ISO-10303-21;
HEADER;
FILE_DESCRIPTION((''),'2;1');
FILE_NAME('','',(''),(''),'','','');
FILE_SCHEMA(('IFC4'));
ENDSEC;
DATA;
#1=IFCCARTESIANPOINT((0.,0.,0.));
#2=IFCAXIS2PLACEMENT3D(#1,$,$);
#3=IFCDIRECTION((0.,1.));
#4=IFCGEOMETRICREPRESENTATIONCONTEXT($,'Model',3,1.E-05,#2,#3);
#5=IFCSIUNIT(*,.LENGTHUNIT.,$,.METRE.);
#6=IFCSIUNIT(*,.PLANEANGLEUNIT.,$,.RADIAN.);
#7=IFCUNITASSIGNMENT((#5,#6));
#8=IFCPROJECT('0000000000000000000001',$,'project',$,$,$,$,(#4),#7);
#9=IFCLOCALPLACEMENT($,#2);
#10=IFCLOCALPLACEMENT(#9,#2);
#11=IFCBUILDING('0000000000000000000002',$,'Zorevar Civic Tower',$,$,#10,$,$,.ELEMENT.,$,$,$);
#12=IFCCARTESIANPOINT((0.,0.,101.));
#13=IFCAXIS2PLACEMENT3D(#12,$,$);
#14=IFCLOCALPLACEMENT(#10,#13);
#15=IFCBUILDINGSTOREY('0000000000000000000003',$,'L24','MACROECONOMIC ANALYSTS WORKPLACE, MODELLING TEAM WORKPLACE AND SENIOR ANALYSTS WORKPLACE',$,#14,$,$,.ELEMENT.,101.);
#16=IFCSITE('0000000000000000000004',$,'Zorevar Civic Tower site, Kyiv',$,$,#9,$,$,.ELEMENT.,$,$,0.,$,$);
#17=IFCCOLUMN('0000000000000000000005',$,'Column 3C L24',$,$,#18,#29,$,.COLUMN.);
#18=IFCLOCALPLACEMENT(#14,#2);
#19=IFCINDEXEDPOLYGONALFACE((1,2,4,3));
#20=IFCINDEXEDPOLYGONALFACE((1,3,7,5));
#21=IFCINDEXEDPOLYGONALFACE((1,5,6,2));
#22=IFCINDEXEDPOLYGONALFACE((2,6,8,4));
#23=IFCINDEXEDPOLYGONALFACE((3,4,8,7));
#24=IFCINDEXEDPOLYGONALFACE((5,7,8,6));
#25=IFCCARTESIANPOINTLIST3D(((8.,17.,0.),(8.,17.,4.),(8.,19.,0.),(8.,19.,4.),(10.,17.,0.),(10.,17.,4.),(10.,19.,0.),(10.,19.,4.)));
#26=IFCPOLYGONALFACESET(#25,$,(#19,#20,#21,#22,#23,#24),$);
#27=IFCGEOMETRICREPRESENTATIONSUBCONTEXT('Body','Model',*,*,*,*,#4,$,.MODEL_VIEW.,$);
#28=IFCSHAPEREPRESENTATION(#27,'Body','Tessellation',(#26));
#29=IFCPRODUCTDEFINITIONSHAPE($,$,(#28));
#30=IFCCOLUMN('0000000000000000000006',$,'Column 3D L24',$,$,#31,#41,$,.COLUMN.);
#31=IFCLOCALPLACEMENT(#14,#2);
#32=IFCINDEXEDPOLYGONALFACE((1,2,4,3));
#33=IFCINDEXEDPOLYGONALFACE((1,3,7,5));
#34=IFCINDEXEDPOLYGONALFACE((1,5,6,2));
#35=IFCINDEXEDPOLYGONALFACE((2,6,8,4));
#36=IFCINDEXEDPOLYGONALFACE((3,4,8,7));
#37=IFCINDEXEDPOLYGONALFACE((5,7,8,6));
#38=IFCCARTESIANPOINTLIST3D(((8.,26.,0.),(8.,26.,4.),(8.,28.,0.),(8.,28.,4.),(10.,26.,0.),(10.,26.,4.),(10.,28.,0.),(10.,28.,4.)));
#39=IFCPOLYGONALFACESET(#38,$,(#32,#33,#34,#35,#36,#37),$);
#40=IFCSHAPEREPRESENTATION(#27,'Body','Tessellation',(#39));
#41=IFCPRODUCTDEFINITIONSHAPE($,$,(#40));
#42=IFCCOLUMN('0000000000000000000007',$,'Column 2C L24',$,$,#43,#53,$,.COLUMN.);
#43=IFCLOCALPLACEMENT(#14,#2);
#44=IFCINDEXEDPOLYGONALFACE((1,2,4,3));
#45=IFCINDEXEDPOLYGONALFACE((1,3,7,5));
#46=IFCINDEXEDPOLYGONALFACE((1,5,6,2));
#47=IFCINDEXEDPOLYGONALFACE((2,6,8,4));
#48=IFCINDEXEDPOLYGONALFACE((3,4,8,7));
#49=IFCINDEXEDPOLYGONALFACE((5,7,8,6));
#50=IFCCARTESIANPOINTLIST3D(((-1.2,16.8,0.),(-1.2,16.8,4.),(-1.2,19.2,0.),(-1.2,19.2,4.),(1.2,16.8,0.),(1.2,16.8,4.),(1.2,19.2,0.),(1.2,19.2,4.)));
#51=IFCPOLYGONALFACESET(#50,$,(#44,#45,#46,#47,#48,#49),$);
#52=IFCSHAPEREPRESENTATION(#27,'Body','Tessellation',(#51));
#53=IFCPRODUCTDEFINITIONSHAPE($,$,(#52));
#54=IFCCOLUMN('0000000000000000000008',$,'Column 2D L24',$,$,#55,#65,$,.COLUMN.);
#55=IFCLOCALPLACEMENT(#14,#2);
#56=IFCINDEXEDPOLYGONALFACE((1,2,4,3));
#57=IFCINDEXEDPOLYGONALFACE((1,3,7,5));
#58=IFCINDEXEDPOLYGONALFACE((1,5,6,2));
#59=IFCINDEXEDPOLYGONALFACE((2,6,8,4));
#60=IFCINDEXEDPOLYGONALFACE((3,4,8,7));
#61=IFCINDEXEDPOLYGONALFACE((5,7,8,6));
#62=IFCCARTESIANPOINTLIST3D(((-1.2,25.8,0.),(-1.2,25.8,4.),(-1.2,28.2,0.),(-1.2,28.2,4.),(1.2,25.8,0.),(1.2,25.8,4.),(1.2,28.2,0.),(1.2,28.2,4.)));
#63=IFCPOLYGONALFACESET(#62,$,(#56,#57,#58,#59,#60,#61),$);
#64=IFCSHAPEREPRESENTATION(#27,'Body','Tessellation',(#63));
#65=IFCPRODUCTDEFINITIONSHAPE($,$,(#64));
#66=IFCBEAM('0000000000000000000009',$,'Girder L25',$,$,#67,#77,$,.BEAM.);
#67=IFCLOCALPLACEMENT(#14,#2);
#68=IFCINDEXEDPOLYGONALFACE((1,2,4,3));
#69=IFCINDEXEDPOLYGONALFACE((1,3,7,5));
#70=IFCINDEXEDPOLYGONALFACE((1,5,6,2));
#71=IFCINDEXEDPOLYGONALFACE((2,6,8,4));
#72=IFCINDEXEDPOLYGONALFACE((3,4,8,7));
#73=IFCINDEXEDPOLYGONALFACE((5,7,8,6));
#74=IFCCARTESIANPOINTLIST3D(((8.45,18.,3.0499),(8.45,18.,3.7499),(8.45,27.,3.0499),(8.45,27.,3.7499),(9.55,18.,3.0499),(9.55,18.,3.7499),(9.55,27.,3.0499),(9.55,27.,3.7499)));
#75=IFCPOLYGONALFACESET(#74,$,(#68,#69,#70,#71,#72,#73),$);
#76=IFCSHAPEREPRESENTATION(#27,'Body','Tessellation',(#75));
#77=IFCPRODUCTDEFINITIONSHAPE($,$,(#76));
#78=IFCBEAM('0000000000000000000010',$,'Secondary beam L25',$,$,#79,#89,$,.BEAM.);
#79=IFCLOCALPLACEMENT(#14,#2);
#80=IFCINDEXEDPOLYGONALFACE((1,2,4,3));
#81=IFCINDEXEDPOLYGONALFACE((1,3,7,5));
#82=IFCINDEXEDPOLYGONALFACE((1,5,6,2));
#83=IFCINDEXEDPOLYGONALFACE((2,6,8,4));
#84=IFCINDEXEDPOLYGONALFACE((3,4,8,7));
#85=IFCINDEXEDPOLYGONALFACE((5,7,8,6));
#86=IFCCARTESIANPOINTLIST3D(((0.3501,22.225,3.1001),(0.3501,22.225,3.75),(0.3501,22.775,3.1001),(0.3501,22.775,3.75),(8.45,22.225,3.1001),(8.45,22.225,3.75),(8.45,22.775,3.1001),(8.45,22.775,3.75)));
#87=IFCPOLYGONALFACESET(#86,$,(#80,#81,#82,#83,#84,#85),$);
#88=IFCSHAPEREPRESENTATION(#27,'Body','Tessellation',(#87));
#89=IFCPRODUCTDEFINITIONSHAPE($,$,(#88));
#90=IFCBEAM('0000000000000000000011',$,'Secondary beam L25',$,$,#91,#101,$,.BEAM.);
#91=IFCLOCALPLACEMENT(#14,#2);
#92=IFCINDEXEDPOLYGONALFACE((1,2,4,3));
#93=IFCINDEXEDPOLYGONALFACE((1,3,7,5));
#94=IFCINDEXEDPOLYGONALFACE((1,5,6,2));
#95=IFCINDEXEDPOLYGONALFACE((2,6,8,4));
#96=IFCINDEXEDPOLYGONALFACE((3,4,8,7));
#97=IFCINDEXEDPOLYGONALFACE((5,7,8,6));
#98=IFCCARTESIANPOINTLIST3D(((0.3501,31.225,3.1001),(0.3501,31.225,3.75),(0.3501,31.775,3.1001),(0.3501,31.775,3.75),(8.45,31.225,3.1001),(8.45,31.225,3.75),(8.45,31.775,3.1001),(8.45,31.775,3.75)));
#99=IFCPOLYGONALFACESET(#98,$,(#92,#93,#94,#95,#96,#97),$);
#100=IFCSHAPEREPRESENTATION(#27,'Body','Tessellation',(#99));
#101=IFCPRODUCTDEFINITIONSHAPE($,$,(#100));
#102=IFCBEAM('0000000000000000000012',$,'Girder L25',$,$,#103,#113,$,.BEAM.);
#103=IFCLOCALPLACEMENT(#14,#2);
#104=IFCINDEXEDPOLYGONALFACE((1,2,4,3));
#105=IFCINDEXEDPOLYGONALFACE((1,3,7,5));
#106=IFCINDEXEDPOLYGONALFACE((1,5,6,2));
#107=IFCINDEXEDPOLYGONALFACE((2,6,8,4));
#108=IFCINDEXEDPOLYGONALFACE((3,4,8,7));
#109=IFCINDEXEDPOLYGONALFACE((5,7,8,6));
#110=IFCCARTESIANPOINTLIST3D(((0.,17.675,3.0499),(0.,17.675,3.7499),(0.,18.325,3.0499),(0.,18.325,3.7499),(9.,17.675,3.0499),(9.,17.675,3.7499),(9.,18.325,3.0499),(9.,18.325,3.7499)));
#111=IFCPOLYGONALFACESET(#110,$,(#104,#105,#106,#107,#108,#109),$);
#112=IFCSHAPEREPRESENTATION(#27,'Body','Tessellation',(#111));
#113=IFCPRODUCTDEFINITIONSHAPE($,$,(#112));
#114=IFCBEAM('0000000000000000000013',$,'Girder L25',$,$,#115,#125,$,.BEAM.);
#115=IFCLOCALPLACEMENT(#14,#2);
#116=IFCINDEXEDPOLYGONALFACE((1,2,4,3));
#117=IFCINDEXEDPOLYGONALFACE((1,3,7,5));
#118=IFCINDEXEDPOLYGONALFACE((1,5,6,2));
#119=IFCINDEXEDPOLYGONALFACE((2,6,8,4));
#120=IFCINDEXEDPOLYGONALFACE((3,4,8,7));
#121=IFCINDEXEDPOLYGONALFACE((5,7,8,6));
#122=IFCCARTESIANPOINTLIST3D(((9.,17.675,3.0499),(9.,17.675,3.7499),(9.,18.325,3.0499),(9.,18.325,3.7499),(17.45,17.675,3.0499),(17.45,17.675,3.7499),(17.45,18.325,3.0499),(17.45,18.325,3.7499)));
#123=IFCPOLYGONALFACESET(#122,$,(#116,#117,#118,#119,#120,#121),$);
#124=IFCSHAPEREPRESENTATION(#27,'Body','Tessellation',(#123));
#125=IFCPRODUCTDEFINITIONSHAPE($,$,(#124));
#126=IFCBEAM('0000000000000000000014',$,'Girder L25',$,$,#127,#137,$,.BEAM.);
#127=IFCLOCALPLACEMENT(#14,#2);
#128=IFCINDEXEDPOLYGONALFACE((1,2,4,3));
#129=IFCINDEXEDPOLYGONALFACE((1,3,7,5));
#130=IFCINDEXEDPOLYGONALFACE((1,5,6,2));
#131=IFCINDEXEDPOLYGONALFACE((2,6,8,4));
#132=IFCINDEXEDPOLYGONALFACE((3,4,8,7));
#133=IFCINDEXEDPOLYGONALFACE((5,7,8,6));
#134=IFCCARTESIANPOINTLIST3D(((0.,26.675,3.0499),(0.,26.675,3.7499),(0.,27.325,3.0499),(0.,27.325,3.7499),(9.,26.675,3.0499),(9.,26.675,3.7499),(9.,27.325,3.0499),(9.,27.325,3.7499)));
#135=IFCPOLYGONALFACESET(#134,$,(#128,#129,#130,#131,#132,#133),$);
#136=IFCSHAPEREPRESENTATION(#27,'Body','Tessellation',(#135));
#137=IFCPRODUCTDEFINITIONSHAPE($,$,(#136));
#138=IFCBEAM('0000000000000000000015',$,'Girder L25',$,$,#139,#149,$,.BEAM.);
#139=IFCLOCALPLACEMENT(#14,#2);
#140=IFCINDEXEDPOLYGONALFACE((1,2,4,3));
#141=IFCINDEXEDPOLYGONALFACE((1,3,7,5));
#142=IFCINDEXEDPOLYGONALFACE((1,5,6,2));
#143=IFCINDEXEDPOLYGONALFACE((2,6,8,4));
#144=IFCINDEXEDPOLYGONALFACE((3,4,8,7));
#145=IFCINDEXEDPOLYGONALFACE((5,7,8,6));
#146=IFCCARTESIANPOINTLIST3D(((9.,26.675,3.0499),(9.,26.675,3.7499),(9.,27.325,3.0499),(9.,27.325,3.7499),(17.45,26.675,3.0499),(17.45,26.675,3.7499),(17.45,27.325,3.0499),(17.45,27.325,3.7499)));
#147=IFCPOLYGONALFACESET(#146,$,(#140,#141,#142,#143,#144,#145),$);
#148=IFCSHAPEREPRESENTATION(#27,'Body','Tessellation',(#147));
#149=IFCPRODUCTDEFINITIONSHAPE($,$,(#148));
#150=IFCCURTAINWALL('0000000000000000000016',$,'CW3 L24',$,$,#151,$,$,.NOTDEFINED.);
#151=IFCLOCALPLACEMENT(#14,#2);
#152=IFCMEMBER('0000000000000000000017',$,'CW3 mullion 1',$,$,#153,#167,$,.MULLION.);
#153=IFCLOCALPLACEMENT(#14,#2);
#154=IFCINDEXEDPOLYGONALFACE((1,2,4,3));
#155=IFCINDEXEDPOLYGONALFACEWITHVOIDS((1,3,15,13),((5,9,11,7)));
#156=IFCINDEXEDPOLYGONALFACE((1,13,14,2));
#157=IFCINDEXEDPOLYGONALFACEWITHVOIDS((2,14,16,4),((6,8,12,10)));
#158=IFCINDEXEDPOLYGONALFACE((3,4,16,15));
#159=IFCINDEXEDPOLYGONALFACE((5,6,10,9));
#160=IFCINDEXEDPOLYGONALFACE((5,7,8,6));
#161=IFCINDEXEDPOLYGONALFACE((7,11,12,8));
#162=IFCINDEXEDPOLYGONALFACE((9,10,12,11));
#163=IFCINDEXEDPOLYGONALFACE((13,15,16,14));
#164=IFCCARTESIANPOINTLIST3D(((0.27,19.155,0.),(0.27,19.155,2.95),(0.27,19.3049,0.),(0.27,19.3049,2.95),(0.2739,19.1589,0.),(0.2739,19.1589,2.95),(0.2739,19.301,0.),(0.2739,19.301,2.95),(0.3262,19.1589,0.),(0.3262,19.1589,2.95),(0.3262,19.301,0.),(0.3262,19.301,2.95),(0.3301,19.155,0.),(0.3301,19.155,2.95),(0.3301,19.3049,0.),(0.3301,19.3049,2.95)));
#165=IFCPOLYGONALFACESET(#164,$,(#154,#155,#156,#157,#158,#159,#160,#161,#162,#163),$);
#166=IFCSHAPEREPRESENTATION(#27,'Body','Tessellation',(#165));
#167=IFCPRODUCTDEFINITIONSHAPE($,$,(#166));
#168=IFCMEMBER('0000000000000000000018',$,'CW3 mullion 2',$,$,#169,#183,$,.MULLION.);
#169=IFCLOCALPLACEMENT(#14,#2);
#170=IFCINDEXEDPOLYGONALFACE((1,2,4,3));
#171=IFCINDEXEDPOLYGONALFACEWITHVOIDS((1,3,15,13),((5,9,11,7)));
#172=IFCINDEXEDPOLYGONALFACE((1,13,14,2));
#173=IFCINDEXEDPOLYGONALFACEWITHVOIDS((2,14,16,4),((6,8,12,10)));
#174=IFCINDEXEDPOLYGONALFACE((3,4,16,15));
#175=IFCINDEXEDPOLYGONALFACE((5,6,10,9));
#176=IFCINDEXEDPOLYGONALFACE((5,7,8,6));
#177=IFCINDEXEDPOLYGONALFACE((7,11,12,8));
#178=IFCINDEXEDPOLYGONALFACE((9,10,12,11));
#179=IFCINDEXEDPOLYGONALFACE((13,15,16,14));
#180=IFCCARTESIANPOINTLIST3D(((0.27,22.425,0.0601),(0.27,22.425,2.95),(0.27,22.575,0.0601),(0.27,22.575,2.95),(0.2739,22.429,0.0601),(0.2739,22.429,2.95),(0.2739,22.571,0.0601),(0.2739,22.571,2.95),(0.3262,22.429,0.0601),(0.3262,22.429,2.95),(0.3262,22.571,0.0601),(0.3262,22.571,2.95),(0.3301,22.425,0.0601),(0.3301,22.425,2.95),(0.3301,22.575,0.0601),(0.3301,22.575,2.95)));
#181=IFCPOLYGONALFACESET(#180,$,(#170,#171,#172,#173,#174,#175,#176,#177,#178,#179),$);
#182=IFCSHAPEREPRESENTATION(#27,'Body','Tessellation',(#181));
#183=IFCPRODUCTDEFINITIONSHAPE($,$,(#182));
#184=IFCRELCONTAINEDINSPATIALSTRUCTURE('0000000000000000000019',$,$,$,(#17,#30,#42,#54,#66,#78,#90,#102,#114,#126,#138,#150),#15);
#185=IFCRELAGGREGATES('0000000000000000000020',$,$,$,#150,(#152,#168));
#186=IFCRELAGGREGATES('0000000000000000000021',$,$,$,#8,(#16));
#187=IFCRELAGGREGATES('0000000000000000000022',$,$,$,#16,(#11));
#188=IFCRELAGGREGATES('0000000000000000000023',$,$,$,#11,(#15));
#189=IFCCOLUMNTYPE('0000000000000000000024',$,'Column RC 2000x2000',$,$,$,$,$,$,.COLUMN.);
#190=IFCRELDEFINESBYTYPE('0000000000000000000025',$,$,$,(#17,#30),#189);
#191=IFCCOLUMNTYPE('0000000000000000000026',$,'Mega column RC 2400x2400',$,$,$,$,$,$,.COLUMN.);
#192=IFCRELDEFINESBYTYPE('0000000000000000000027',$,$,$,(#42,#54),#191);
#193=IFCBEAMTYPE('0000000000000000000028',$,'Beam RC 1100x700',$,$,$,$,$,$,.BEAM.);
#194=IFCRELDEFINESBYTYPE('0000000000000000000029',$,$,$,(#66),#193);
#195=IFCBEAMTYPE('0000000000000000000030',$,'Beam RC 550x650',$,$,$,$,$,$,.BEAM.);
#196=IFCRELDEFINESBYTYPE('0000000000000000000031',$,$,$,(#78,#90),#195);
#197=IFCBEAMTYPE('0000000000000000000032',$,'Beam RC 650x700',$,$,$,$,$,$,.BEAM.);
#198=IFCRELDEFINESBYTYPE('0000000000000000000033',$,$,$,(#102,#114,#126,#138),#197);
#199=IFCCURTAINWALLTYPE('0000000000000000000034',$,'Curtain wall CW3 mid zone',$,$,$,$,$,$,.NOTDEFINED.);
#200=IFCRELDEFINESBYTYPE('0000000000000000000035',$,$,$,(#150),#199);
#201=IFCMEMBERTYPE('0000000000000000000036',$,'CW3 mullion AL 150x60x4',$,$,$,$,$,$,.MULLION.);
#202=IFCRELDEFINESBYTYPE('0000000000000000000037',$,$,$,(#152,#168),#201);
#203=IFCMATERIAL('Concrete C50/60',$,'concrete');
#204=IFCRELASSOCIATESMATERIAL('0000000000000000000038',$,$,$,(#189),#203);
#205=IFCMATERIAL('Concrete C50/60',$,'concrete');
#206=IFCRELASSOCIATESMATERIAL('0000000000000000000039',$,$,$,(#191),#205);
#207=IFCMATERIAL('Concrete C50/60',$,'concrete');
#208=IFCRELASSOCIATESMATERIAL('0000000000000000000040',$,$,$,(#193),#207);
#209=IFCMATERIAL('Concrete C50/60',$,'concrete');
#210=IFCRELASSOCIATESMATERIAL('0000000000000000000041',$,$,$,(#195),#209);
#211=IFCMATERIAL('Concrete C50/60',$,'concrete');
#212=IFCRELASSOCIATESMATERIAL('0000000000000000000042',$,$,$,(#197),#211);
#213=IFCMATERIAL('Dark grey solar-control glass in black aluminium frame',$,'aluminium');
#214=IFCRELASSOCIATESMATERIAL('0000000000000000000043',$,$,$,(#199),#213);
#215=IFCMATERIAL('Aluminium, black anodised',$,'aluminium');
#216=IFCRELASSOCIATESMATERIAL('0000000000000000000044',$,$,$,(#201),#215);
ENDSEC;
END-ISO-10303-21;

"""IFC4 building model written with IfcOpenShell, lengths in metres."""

from ifc_helpers import new_model, si_unit, direction, frame, origin, origin_2d, place, context, subcontext, project, spatial, rectangle, hollow_rectangle, extrude, material, material_profile, profile_set, type_object, element, aggregate, save


model = new_model("IFC4")

# Units and contexts
model_context = context("Model", 3, precision=1e-05, world=origin(), true_north=direction((0.0, 1.0)))
body_context = subcontext(model_context, "Body", "Model", "MODEL_VIEW")
ifc_project = project(units=[si_unit("LENGTHUNIT", "METRE"), si_unit("PLANEANGLEUNIT", "RADIAN")], contexts=[model_context])

# Site, building, storey
site_placement = place(None, origin())
site = spatial("IfcSite", under=ifc_project, at=site_placement, Name="Zorevar Civic Tower site, Kyiv", CompositionType="ELEMENT", RefElevation=0.0)
building_placement = place(site_placement, origin())
building = spatial("IfcBuilding", under=site, at=building_placement, Name="Zorevar Civic Tower", CompositionType="ELEMENT")
storey_placement = place(building_placement, frame((0.0, 0.0, 101.0)))
storey = spatial("IfcBuildingStorey", under=building, at=storey_placement, Name="L24", Description="MACROECONOMIC ANALYSTS WORKPLACE, MODELLING TEAM WORKPLACE AND SENIOR ANALYSTS WORKPLACE", CompositionType="ELEMENT", Elevation=101.0)

# Columns
ifc_material_1 = material(Name="Concrete C50/60", Category="concrete")
ifc_material_profile_1 = material_profile(ifc_material_1, rectangle(XDim=2.0, YDim=2.0, at=origin_2d()), Name="RC 2000x2000")
ifc_profile_set_1 = profile_set([ifc_material_profile_1], Name="Concrete C50/60")
column_type_1 = type_object("IfcColumnType", Name="Column RC 2000x2000", PredefinedType="COLUMN", material=ifc_profile_set_1)
for number, where, z_axis, x_axis, name in (
    (1, (9.0, 18.0, 0.0), (0.0, 0.0, 1.0), (1.0, 0.0, 0.0), "Column 3C L24"),
    (2, (9.0, 27.0, 0.0), (0.0, 0.0, 1.0), (1.0, 0.0, 0.0), "Column 3D L24"),
):
    element("IfcColumn", number, at=place(storey_placement, frame(where, z_axis=z_axis, x_axis=x_axis)), inside=storey, type_object=column_type_1, Name=name, PredefinedType="COLUMN", context=body_context, shape_type="SweptSolid", body=[
        extrude(rectangle(XDim=2.0, YDim=2.0, at=origin_2d()), origin(), (0.0, 0.0, 1.0), 4.0),
    ])
ifc_material_2 = material(Name="Concrete C50/60", Category="concrete")
ifc_material_profile_2 = material_profile(ifc_material_2, rectangle(XDim=2.3999, YDim=2.3999, at=origin_2d()), Name="RC 2400x2400")
ifc_profile_set_2 = profile_set([ifc_material_profile_2], Name="Concrete C50/60")
column_type_2 = type_object("IfcColumnType", Name="Mega column RC 2400x2400", PredefinedType="COLUMN", material=ifc_profile_set_2)
for number, where, z_axis, x_axis, name in (
    (3, (0.0, 18.0, 0.0), (0.0, 0.0, 1.0), (1.0, 0.0, 0.0), "Column 2C L24"),
    (4, (0.0, 27.0, 0.0), (0.0, 0.0, 1.0), (1.0, 0.0, 0.0), "Column 2D L24"),
):
    element("IfcColumn", number, at=place(storey_placement, frame(where, z_axis=z_axis, x_axis=x_axis)), inside=storey, type_object=column_type_2, Name=name, PredefinedType="COLUMN", context=body_context, shape_type="SweptSolid", body=[
        extrude(rectangle(XDim=2.3999, YDim=2.3999, at=origin_2d()), origin(), (0.0, 0.0, 1.0), 4.0),
    ])

# Beams
ifc_material_3 = material(Name="Concrete C50/60", Category="concrete")
ifc_material_profile_3 = material_profile(ifc_material_3, rectangle(XDim=1.1001, YDim=0.7, at=origin_2d()), Name="RC 1100x700")
ifc_profile_set_3 = profile_set([ifc_material_profile_3], Name="Concrete C50/60")
beam_type_1 = type_object("IfcBeamType", Name="Beam RC 1100x700", PredefinedType="BEAM", material=ifc_profile_set_3)
beam_1_placement = place(storey_placement, frame((9.0, 18.0, 3.3999), z_axis=(0.0, 1.0, 0.0), x_axis=(-1.0, 0.0, 0.0)))
element("IfcBeam", 5, at=beam_1_placement, inside=storey, type_object=beam_type_1, Name="Girder L25", PredefinedType="BEAM", context=body_context, shape_type="SweptSolid", body=[
    extrude(rectangle(XDim=1.1001, YDim=0.7, at=origin_2d()), origin(), (0.0, 0.0, 1.0), 9.0),
])
ifc_material_4 = material(Name="Concrete C50/60", Category="concrete")
ifc_material_profile_4 = material_profile(ifc_material_4, rectangle(XDim=0.55, YDim=0.6499, at=origin_2d()), Name="RC 550x650")
ifc_profile_set_4 = profile_set([ifc_material_profile_4], Name="Concrete C50/60")
beam_type_2 = type_object("IfcBeamType", Name="Beam RC 550x650", PredefinedType="BEAM", material=ifc_profile_set_4)
for number, where, z_axis, x_axis, name in (
    (6, (0.3501, 22.5, 3.425), (1.0, 0.0, 0.0), (0.0, 1.0, 0.0), "Secondary beam L25"),
    (7, (0.3501, 31.5, 3.425), (1.0, 0.0, 0.0), (0.0, 1.0, 0.0), "Secondary beam L25"),
):
    element("IfcBeam", number, at=place(storey_placement, frame(where, z_axis=z_axis, x_axis=x_axis)), inside=storey, type_object=beam_type_2, Name=name, PredefinedType="BEAM", context=body_context, shape_type="SweptSolid", body=[
        extrude(rectangle(XDim=0.55, YDim=0.6499, at=origin_2d()), origin(), (0.0, 0.0, 1.0), 8.0999),
    ])
ifc_material_5 = material(Name="Concrete C50/60", Category="concrete")
ifc_material_profile_5 = material_profile(ifc_material_5, rectangle(XDim=0.6499, YDim=0.7, at=origin_2d()), Name="RC 650x700")
ifc_profile_set_5 = profile_set([ifc_material_profile_5], Name="Concrete C50/60")
beam_type_3 = type_object("IfcBeamType", Name="Beam RC 650x700", PredefinedType="BEAM", material=ifc_profile_set_5)
beam_2_placement = place(storey_placement, frame((0.0, 18.0, 3.3999), z_axis=(1.0, 0.0, 0.0), x_axis=(0.0, 1.0, 0.0)))
element("IfcBeam", 8, at=beam_2_placement, inside=storey, type_object=beam_type_3, Name="Girder L25", PredefinedType="BEAM", context=body_context, shape_type="SweptSolid", body=[
    extrude(rectangle(XDim=0.6499, YDim=0.7, at=origin_2d()), origin(), (0.0, 0.0, 1.0), 9.0),
])
beam_3_placement = place(storey_placement, frame((9.0, 18.0, 3.3999), z_axis=(1.0, 0.0, 0.0), x_axis=(0.0, 1.0, 0.0)))
element("IfcBeam", 9, at=beam_3_placement, inside=storey, type_object=beam_type_3, Name="Girder L25", PredefinedType="BEAM", context=body_context, shape_type="SweptSolid", body=[
    extrude(rectangle(XDim=0.6499, YDim=0.7, at=origin_2d()), origin(), (0.0, 0.0, 1.0), 8.45),
])
beam_4_placement = place(storey_placement, frame((0.0, 27.0, 3.3999), z_axis=(1.0, 0.0, 0.0), x_axis=(0.0, 1.0, 0.0)))
element("IfcBeam", 10, at=beam_4_placement, inside=storey, type_object=beam_type_3, Name="Girder L25", PredefinedType="BEAM", context=body_context, shape_type="SweptSolid", body=[
    extrude(rectangle(XDim=0.6499, YDim=0.7, at=origin_2d()), origin(), (0.0, 0.0, 1.0), 9.0),
])
beam_5_placement = place(storey_placement, frame((9.0, 27.0, 3.3999), z_axis=(1.0, 0.0, 0.0), x_axis=(0.0, 1.0, 0.0)))
element("IfcBeam", 11, at=beam_5_placement, inside=storey, type_object=beam_type_3, Name="Girder L25", PredefinedType="BEAM", context=body_context, shape_type="SweptSolid", body=[
    extrude(rectangle(XDim=0.6499, YDim=0.7, at=origin_2d()), origin(), (0.0, 0.0, 1.0), 8.45),
])

# Curtain wall, members
ifc_material_6 = material(Name="Dark grey solar-control glass in black aluminium frame", Category="aluminium")
curtain_wall_type = type_object("IfcCurtainWallType", Name="Curtain wall CW3 mid zone", PredefinedType="NOTDEFINED", material=ifc_material_6)
curtain_wall_1_placement = place(storey_placement, origin())
curtain_wall_1 = element("IfcCurtainWall", 12, at=curtain_wall_1_placement, inside=storey, type_object=curtain_wall_type, Name="CW3 L24", PredefinedType="NOTDEFINED")
ifc_material_7 = material(Name="Aluminium, black anodised", Category="aluminium")
ifc_material_profile_6 = material_profile(ifc_material_7, hollow_rectangle(XDim=0.0601, YDim=0.1499, WallThickness=0.0039, at=origin_2d()), Name="AL 150x60x4")
ifc_profile_set_6 = profile_set([ifc_material_profile_6], Name="Aluminium, black anodised")
member_type_1 = type_object("IfcMemberType", Name="CW3 mullion AL 150x60x4", PredefinedType="MULLION", material=ifc_profile_set_6)
member_1_placement = place(storey_placement, frame((0.3, 19.23, 0.0), z_axis=(0.0, 0.0, 1.0), x_axis=(-1.0, 0.0, 0.0)))
member_1 = element("IfcMember", 13, at=member_1_placement, type_object=member_type_1, Name="CW3 mullion 1", PredefinedType="MULLION", context=body_context, shape_type="SweptSolid", body=[
    extrude(hollow_rectangle(XDim=0.0601, YDim=0.1499, WallThickness=0.0039, at=origin_2d()), origin(), (0.0, 0.0, 1.0), 2.95),
])
member_2_placement = place(storey_placement, frame((0.3, 22.5, 0.0601), z_axis=(0.0, 0.0, 1.0), x_axis=(-1.0, 0.0, 0.0)))
member_2 = element("IfcMember", 14, at=member_2_placement, type_object=member_type_1, Name="CW3 mullion 2", PredefinedType="MULLION", context=body_context, shape_type="SweptSolid", body=[
    extrude(hollow_rectangle(XDim=0.0601, YDim=0.1499, WallThickness=0.0039, at=origin_2d()), origin(), (0.0, 0.0, 1.0), 2.8899),
])

aggregate(curtain_wall_1, [member_1, member_2])

save(model, "model.ifc")
